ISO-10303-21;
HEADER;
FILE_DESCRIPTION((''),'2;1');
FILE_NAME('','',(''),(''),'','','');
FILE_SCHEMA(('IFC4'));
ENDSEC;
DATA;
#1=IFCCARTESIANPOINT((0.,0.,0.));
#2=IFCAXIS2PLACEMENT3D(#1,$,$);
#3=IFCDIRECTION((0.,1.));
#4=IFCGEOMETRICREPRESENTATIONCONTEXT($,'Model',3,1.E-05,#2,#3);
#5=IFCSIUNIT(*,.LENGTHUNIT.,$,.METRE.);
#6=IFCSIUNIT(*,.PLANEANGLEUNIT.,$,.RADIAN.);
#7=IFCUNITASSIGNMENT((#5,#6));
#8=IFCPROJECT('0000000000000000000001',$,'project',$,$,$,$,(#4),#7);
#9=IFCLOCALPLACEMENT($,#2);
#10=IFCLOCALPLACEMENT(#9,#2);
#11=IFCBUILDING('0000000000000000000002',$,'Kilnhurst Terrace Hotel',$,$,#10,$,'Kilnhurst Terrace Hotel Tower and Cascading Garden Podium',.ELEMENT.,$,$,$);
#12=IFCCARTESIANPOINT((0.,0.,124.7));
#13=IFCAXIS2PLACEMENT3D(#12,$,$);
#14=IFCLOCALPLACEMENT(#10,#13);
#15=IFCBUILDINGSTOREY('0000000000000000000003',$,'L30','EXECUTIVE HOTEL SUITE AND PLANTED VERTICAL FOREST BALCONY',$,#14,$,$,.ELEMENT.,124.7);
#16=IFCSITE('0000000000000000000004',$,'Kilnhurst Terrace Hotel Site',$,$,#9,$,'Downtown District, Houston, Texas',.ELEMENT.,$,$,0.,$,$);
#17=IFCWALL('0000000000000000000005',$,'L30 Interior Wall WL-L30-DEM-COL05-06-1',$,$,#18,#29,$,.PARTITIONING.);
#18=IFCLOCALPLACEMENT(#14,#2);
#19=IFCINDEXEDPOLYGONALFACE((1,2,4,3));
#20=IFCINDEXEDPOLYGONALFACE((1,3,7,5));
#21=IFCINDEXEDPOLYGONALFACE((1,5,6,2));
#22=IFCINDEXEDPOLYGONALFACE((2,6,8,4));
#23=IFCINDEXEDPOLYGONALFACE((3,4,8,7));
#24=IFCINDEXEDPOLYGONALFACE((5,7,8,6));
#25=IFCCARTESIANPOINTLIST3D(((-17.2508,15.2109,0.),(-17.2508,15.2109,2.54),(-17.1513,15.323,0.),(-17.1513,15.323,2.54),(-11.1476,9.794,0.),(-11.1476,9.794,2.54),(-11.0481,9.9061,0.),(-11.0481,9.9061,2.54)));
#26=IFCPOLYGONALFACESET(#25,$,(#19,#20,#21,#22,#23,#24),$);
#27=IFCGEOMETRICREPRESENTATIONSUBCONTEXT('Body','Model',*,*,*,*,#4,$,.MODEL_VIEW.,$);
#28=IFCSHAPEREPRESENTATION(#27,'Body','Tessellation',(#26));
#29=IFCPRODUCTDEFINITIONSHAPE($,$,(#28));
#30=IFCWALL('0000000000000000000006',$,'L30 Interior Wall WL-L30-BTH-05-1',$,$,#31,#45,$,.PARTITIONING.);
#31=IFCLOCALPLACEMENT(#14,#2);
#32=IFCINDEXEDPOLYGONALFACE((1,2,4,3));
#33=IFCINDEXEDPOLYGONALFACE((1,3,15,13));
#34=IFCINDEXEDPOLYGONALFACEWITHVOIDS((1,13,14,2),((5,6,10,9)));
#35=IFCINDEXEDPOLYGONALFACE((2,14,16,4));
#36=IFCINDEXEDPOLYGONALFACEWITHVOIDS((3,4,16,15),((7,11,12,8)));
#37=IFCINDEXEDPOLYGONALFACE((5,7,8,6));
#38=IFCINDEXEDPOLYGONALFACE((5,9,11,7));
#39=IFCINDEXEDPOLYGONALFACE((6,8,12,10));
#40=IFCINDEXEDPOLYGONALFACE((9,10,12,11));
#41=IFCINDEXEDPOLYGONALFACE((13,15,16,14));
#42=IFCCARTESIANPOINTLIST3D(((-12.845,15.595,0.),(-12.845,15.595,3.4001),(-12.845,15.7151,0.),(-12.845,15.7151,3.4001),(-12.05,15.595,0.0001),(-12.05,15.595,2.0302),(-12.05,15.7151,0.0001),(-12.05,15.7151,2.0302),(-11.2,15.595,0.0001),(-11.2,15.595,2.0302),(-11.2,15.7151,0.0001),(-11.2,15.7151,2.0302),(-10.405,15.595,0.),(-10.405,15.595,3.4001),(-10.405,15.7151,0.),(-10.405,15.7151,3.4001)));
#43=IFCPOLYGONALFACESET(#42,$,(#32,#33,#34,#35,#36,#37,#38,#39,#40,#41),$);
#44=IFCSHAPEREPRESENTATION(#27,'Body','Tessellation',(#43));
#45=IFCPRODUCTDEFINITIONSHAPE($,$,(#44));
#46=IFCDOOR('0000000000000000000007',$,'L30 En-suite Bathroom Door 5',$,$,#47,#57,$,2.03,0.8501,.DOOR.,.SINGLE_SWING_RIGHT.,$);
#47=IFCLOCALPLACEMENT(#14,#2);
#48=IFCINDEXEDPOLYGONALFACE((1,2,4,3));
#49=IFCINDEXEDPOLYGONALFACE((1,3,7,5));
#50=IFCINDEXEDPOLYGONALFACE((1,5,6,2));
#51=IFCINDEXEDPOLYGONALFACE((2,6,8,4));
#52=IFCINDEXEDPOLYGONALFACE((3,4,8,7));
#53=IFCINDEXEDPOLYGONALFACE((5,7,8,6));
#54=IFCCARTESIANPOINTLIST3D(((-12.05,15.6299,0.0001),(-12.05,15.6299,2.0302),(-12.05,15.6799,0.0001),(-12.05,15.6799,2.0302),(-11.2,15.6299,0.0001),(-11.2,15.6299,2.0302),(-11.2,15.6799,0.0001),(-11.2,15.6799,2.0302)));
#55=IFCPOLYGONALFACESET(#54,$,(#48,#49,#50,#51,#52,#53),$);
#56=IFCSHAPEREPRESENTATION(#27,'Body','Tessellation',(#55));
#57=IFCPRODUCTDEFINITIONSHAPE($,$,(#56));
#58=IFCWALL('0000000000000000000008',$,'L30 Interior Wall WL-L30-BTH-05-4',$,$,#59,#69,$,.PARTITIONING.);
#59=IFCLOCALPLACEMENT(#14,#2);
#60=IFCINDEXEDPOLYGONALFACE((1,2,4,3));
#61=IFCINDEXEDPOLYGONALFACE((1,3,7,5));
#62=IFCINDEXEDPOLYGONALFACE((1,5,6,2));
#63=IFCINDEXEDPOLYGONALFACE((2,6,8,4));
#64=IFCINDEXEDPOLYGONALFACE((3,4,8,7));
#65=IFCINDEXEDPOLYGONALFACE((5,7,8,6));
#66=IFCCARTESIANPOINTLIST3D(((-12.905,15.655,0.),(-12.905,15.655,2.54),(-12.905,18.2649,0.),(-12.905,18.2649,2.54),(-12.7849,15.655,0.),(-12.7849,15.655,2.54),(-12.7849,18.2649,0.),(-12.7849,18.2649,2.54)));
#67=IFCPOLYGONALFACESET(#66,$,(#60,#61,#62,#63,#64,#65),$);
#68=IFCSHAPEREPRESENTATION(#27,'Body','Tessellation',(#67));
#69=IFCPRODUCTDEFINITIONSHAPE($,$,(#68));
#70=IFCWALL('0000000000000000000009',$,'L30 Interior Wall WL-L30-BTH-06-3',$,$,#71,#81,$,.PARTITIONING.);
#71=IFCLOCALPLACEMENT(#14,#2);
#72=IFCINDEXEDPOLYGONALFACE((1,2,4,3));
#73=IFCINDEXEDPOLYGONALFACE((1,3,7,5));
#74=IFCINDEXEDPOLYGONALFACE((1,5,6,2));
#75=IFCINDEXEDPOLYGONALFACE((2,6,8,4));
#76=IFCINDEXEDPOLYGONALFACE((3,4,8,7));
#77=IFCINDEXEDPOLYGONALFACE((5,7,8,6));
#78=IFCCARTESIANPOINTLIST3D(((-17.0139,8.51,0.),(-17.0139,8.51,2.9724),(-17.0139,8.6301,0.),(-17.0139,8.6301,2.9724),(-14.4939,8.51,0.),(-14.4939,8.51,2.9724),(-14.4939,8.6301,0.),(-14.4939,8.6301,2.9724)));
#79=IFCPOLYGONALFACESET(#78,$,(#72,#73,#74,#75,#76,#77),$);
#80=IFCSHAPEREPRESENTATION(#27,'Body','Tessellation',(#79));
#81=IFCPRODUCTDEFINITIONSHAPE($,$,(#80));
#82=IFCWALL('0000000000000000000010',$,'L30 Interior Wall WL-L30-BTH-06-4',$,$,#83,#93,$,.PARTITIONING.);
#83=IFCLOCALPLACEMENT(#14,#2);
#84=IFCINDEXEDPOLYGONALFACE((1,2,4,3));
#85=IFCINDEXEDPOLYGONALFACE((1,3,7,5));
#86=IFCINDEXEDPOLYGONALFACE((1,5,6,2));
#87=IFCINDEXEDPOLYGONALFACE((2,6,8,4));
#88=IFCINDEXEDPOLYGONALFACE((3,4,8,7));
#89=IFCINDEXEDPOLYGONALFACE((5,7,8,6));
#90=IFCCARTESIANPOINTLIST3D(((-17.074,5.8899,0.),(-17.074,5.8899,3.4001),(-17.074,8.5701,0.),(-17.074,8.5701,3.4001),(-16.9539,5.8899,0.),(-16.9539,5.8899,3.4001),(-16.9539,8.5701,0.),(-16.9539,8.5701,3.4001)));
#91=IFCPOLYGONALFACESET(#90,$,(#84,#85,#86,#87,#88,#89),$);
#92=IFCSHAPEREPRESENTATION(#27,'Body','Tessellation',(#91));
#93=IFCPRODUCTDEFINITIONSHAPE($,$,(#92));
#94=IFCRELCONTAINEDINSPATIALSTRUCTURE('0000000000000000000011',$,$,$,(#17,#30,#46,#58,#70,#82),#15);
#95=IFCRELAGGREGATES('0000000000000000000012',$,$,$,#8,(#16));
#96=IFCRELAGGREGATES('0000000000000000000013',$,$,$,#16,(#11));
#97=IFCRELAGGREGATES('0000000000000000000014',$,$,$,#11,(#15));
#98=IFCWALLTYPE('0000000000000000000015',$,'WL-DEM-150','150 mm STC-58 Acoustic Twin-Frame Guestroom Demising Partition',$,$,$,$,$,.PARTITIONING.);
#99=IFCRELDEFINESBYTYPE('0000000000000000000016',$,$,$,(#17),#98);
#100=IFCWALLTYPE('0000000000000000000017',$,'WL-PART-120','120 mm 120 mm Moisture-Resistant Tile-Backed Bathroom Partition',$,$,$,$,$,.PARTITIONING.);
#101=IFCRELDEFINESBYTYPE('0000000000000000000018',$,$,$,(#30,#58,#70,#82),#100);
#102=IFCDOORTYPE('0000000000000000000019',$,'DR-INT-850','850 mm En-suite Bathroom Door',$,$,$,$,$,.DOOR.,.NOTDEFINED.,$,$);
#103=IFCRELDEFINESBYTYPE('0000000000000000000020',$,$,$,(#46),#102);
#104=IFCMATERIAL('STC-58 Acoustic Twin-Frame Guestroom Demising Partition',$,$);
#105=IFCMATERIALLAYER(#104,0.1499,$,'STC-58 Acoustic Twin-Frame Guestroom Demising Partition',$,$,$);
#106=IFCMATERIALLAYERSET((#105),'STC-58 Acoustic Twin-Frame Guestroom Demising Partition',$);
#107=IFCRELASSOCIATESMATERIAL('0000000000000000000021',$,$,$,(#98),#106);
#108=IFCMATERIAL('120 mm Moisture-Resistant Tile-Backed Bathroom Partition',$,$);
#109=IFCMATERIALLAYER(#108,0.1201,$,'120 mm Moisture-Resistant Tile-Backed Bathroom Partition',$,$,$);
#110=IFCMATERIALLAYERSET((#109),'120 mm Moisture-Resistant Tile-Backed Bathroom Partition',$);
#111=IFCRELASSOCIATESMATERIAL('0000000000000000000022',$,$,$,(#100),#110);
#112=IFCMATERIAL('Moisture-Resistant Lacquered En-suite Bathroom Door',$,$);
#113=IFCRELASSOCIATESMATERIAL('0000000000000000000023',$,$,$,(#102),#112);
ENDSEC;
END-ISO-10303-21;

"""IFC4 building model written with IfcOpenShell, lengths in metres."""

from ifc_helpers import new_model, si_unit, direction, frame, frame_2d, origin, place, context, subcontext, project, spatial, rectangle, extrude, material, layer, layer_set, type_object, element, fill, save


model = new_model("IFC4")

# Units and contexts
model_context = context("Model", 3, precision=1e-05, world=origin(), true_north=direction((0.0, 1.0)))
body_context = subcontext(model_context, "Body", "Model", "MODEL_VIEW")
ifc_project = project(units=[si_unit("LENGTHUNIT", "METRE"), si_unit("PLANEANGLEUNIT", "RADIAN")], contexts=[model_context])

# Site, building, storey
site_placement = place(None, origin())
site = spatial("IfcSite", under=ifc_project, at=site_placement, Name="Kilnhurst Terrace Hotel Site", LongName="Downtown District, Houston, Texas", CompositionType="ELEMENT", RefElevation=0.0)
building_placement = place(site_placement, origin())
building = spatial("IfcBuilding", under=site, at=building_placement, Name="Kilnhurst Terrace Hotel", LongName="Kilnhurst Terrace Hotel Tower and Cascading Garden Podium", CompositionType="ELEMENT")
storey_placement = place(building_placement, frame((0.0, 0.0, 124.7)))
storey = spatial("IfcBuildingStorey", under=building, at=storey_placement, Name="L30", Description="EXECUTIVE HOTEL SUITE AND PLANTED VERTICAL FOREST BALCONY", CompositionType="ELEMENT", Elevation=124.7)

# Wall
ifc_material_1 = material(Name="STC-58 Acoustic Twin-Frame Guestroom Demising Partition")
ifc_layer_1 = layer(ifc_material_1, 0.1499, Name="STC-58 Acoustic Twin-Frame Guestroom Demising Partition")
ifc_layer_set_1 = layer_set([ifc_layer_1], Name="STC-58 Acoustic Twin-Frame Guestroom Demising Partition")
wall_type_1 = type_object("IfcWallType", Name="WL-DEM-150", Description="150 mm STC-58 Acoustic Twin-Frame Guestroom Demising Partition", PredefinedType="PARTITIONING", material=ifc_layer_set_1)
wall_1_placement = place(storey_placement, frame((-11.0979, 9.8501, 0.0), z_axis=(0.0, 0.0, 1.0), x_axis=(-0.747904, 0.663807, 0.0)))
element("IfcWall", 1, at=wall_1_placement, inside=storey, type_object=wall_type_1, Name="L30 Interior Wall WL-L30-DEM-COL05-06-1", PredefinedType="PARTITIONING", context=body_context, shape_type="SweptSolid", body=[
    extrude(rectangle(XDim=8.1604, YDim=0.1499, at=frame_2d((4.0801, 0.0))), origin(), (0.0, 0.0, 1.0), 2.54),
])

# Wall, opening, door
ifc_material_2 = material(Name="120 mm Moisture-Resistant Tile-Backed Bathroom Partition")
ifc_layer_2 = layer(ifc_material_2, 0.1201, Name="120 mm Moisture-Resistant Tile-Backed Bathroom Partition")
ifc_layer_set_2 = layer_set([ifc_layer_2], Name="120 mm Moisture-Resistant Tile-Backed Bathroom Partition")
wall_type_2 = type_object("IfcWallType", Name="WL-PART-120", Description="120 mm 120 mm Moisture-Resistant Tile-Backed Bathroom Partition", PredefinedType="PARTITIONING", material=ifc_layer_set_2)
wall_2_placement = place(storey_placement, frame((-12.845, 15.655, 0.0), z_axis=(0.0, 0.0, 1.0), x_axis=(1.0, 0.0, 0.0)))
wall_2 = element("IfcWall", 2, at=wall_2_placement, inside=storey, type_object=wall_type_2, Name="L30 Interior Wall WL-L30-BTH-05-1", PredefinedType="PARTITIONING", context=body_context, shape_type="SweptSolid", body=[
    extrude(rectangle(XDim=2.4399, YDim=0.1201, at=frame_2d((1.22, 0.0))), origin(), (0.0, 0.0, 1.0), 3.4001),
])
opening_1_placement = place(wall_2_placement, frame((0.7949, 0.0, 0.0)))
opening_1 = element("IfcOpeningElement", 3, at=opening_1_placement, cuts=wall_2, PredefinedType="OPENING", context=body_context, shape_type="SweptSolid", body=[
    extrude(rectangle(XDim=0.8501, YDim=2.03, at=frame_2d((0.425, 1.0151))), frame((0.0, 0.0701, 0.0), z_axis=(0.0, -1.0, 0.0), x_axis=(1.0, 0.0, 0.0)), (0.0, 0.0, 1.0), 0.1401),
])
ifc_material_3 = material(Name="Moisture-Resistant Lacquered En-suite Bathroom Door")
door_type_1 = type_object("IfcDoorType", Name="DR-INT-850", Description="850 mm En-suite Bathroom Door", OperationType="NOTDEFINED", PredefinedType="DOOR", material=ifc_material_3)
door_1_placement = place(opening_1_placement, origin())
door_1 = element("IfcDoor", 4, at=door_1_placement, inside=storey, type_object=door_type_1, Name="L30 En-suite Bathroom Door 5", OperationType="SINGLE_SWING_RIGHT", OverallHeight=2.03, OverallWidth=0.8501, PredefinedType="DOOR", context=body_context, shape_type="SweptSolid", body=[
    extrude(rectangle(XDim=0.8501, YDim=2.03, at=frame_2d((0.425, 1.0151))), frame((0.0, 0.0249, 0.0), z_axis=(0.0, -1.0, 0.0), x_axis=(1.0, 0.0, 0.0)), (0.0, 0.0, 1.0), 0.05),
])
fill(opening_1, door_1)

# Walls
wall_3_placement = place(storey_placement, frame((-12.845, 18.2649, 0.0), z_axis=(0.0, 0.0, 1.0), x_axis=(0.0, -1.0, 0.0)))
element("IfcWall", 5, at=wall_3_placement, inside=storey, type_object=wall_type_2, Name="L30 Interior Wall WL-L30-BTH-05-4", PredefinedType="PARTITIONING", context=body_context, shape_type="SweptSolid", body=[
    extrude(rectangle(XDim=2.6099, YDim=0.1201, at=frame_2d((1.3049, 0.0))), origin(), (0.0, 0.0, 1.0), 2.54),
])
wall_4_placement = place(storey_placement, frame((-14.4939, 8.5701, 0.0), z_axis=(0.0, 0.0, 1.0), x_axis=(-1.0, 0.0, 0.0)))
element("IfcWall", 6, at=wall_4_placement, inside=storey, type_object=wall_type_2, Name="L30 Interior Wall WL-L30-BTH-06-3", PredefinedType="PARTITIONING", context=body_context, shape_type="SweptSolid", body=[
    extrude(rectangle(XDim=2.52, YDim=0.1201, at=frame_2d((1.26, 0.0))), origin(), (0.0, 0.0, 1.0), 2.9724),
])
wall_5_placement = place(storey_placement, frame((-17.0139, 8.5701, 0.0), z_axis=(0.0, 0.0, 1.0), x_axis=(0.0, -1.0, 0.0)))
element("IfcWall", 7, at=wall_5_placement, inside=storey, type_object=wall_type_2, Name="L30 Interior Wall WL-L30-BTH-06-4", PredefinedType="PARTITIONING", context=body_context, shape_type="SweptSolid", body=[
    extrude(rectangle(XDim=2.6802, YDim=0.1201, at=frame_2d((1.3401, 0.0))), origin(), (0.0, 0.0, 1.0), 3.4001),
])

save(model, "model.ifc")
